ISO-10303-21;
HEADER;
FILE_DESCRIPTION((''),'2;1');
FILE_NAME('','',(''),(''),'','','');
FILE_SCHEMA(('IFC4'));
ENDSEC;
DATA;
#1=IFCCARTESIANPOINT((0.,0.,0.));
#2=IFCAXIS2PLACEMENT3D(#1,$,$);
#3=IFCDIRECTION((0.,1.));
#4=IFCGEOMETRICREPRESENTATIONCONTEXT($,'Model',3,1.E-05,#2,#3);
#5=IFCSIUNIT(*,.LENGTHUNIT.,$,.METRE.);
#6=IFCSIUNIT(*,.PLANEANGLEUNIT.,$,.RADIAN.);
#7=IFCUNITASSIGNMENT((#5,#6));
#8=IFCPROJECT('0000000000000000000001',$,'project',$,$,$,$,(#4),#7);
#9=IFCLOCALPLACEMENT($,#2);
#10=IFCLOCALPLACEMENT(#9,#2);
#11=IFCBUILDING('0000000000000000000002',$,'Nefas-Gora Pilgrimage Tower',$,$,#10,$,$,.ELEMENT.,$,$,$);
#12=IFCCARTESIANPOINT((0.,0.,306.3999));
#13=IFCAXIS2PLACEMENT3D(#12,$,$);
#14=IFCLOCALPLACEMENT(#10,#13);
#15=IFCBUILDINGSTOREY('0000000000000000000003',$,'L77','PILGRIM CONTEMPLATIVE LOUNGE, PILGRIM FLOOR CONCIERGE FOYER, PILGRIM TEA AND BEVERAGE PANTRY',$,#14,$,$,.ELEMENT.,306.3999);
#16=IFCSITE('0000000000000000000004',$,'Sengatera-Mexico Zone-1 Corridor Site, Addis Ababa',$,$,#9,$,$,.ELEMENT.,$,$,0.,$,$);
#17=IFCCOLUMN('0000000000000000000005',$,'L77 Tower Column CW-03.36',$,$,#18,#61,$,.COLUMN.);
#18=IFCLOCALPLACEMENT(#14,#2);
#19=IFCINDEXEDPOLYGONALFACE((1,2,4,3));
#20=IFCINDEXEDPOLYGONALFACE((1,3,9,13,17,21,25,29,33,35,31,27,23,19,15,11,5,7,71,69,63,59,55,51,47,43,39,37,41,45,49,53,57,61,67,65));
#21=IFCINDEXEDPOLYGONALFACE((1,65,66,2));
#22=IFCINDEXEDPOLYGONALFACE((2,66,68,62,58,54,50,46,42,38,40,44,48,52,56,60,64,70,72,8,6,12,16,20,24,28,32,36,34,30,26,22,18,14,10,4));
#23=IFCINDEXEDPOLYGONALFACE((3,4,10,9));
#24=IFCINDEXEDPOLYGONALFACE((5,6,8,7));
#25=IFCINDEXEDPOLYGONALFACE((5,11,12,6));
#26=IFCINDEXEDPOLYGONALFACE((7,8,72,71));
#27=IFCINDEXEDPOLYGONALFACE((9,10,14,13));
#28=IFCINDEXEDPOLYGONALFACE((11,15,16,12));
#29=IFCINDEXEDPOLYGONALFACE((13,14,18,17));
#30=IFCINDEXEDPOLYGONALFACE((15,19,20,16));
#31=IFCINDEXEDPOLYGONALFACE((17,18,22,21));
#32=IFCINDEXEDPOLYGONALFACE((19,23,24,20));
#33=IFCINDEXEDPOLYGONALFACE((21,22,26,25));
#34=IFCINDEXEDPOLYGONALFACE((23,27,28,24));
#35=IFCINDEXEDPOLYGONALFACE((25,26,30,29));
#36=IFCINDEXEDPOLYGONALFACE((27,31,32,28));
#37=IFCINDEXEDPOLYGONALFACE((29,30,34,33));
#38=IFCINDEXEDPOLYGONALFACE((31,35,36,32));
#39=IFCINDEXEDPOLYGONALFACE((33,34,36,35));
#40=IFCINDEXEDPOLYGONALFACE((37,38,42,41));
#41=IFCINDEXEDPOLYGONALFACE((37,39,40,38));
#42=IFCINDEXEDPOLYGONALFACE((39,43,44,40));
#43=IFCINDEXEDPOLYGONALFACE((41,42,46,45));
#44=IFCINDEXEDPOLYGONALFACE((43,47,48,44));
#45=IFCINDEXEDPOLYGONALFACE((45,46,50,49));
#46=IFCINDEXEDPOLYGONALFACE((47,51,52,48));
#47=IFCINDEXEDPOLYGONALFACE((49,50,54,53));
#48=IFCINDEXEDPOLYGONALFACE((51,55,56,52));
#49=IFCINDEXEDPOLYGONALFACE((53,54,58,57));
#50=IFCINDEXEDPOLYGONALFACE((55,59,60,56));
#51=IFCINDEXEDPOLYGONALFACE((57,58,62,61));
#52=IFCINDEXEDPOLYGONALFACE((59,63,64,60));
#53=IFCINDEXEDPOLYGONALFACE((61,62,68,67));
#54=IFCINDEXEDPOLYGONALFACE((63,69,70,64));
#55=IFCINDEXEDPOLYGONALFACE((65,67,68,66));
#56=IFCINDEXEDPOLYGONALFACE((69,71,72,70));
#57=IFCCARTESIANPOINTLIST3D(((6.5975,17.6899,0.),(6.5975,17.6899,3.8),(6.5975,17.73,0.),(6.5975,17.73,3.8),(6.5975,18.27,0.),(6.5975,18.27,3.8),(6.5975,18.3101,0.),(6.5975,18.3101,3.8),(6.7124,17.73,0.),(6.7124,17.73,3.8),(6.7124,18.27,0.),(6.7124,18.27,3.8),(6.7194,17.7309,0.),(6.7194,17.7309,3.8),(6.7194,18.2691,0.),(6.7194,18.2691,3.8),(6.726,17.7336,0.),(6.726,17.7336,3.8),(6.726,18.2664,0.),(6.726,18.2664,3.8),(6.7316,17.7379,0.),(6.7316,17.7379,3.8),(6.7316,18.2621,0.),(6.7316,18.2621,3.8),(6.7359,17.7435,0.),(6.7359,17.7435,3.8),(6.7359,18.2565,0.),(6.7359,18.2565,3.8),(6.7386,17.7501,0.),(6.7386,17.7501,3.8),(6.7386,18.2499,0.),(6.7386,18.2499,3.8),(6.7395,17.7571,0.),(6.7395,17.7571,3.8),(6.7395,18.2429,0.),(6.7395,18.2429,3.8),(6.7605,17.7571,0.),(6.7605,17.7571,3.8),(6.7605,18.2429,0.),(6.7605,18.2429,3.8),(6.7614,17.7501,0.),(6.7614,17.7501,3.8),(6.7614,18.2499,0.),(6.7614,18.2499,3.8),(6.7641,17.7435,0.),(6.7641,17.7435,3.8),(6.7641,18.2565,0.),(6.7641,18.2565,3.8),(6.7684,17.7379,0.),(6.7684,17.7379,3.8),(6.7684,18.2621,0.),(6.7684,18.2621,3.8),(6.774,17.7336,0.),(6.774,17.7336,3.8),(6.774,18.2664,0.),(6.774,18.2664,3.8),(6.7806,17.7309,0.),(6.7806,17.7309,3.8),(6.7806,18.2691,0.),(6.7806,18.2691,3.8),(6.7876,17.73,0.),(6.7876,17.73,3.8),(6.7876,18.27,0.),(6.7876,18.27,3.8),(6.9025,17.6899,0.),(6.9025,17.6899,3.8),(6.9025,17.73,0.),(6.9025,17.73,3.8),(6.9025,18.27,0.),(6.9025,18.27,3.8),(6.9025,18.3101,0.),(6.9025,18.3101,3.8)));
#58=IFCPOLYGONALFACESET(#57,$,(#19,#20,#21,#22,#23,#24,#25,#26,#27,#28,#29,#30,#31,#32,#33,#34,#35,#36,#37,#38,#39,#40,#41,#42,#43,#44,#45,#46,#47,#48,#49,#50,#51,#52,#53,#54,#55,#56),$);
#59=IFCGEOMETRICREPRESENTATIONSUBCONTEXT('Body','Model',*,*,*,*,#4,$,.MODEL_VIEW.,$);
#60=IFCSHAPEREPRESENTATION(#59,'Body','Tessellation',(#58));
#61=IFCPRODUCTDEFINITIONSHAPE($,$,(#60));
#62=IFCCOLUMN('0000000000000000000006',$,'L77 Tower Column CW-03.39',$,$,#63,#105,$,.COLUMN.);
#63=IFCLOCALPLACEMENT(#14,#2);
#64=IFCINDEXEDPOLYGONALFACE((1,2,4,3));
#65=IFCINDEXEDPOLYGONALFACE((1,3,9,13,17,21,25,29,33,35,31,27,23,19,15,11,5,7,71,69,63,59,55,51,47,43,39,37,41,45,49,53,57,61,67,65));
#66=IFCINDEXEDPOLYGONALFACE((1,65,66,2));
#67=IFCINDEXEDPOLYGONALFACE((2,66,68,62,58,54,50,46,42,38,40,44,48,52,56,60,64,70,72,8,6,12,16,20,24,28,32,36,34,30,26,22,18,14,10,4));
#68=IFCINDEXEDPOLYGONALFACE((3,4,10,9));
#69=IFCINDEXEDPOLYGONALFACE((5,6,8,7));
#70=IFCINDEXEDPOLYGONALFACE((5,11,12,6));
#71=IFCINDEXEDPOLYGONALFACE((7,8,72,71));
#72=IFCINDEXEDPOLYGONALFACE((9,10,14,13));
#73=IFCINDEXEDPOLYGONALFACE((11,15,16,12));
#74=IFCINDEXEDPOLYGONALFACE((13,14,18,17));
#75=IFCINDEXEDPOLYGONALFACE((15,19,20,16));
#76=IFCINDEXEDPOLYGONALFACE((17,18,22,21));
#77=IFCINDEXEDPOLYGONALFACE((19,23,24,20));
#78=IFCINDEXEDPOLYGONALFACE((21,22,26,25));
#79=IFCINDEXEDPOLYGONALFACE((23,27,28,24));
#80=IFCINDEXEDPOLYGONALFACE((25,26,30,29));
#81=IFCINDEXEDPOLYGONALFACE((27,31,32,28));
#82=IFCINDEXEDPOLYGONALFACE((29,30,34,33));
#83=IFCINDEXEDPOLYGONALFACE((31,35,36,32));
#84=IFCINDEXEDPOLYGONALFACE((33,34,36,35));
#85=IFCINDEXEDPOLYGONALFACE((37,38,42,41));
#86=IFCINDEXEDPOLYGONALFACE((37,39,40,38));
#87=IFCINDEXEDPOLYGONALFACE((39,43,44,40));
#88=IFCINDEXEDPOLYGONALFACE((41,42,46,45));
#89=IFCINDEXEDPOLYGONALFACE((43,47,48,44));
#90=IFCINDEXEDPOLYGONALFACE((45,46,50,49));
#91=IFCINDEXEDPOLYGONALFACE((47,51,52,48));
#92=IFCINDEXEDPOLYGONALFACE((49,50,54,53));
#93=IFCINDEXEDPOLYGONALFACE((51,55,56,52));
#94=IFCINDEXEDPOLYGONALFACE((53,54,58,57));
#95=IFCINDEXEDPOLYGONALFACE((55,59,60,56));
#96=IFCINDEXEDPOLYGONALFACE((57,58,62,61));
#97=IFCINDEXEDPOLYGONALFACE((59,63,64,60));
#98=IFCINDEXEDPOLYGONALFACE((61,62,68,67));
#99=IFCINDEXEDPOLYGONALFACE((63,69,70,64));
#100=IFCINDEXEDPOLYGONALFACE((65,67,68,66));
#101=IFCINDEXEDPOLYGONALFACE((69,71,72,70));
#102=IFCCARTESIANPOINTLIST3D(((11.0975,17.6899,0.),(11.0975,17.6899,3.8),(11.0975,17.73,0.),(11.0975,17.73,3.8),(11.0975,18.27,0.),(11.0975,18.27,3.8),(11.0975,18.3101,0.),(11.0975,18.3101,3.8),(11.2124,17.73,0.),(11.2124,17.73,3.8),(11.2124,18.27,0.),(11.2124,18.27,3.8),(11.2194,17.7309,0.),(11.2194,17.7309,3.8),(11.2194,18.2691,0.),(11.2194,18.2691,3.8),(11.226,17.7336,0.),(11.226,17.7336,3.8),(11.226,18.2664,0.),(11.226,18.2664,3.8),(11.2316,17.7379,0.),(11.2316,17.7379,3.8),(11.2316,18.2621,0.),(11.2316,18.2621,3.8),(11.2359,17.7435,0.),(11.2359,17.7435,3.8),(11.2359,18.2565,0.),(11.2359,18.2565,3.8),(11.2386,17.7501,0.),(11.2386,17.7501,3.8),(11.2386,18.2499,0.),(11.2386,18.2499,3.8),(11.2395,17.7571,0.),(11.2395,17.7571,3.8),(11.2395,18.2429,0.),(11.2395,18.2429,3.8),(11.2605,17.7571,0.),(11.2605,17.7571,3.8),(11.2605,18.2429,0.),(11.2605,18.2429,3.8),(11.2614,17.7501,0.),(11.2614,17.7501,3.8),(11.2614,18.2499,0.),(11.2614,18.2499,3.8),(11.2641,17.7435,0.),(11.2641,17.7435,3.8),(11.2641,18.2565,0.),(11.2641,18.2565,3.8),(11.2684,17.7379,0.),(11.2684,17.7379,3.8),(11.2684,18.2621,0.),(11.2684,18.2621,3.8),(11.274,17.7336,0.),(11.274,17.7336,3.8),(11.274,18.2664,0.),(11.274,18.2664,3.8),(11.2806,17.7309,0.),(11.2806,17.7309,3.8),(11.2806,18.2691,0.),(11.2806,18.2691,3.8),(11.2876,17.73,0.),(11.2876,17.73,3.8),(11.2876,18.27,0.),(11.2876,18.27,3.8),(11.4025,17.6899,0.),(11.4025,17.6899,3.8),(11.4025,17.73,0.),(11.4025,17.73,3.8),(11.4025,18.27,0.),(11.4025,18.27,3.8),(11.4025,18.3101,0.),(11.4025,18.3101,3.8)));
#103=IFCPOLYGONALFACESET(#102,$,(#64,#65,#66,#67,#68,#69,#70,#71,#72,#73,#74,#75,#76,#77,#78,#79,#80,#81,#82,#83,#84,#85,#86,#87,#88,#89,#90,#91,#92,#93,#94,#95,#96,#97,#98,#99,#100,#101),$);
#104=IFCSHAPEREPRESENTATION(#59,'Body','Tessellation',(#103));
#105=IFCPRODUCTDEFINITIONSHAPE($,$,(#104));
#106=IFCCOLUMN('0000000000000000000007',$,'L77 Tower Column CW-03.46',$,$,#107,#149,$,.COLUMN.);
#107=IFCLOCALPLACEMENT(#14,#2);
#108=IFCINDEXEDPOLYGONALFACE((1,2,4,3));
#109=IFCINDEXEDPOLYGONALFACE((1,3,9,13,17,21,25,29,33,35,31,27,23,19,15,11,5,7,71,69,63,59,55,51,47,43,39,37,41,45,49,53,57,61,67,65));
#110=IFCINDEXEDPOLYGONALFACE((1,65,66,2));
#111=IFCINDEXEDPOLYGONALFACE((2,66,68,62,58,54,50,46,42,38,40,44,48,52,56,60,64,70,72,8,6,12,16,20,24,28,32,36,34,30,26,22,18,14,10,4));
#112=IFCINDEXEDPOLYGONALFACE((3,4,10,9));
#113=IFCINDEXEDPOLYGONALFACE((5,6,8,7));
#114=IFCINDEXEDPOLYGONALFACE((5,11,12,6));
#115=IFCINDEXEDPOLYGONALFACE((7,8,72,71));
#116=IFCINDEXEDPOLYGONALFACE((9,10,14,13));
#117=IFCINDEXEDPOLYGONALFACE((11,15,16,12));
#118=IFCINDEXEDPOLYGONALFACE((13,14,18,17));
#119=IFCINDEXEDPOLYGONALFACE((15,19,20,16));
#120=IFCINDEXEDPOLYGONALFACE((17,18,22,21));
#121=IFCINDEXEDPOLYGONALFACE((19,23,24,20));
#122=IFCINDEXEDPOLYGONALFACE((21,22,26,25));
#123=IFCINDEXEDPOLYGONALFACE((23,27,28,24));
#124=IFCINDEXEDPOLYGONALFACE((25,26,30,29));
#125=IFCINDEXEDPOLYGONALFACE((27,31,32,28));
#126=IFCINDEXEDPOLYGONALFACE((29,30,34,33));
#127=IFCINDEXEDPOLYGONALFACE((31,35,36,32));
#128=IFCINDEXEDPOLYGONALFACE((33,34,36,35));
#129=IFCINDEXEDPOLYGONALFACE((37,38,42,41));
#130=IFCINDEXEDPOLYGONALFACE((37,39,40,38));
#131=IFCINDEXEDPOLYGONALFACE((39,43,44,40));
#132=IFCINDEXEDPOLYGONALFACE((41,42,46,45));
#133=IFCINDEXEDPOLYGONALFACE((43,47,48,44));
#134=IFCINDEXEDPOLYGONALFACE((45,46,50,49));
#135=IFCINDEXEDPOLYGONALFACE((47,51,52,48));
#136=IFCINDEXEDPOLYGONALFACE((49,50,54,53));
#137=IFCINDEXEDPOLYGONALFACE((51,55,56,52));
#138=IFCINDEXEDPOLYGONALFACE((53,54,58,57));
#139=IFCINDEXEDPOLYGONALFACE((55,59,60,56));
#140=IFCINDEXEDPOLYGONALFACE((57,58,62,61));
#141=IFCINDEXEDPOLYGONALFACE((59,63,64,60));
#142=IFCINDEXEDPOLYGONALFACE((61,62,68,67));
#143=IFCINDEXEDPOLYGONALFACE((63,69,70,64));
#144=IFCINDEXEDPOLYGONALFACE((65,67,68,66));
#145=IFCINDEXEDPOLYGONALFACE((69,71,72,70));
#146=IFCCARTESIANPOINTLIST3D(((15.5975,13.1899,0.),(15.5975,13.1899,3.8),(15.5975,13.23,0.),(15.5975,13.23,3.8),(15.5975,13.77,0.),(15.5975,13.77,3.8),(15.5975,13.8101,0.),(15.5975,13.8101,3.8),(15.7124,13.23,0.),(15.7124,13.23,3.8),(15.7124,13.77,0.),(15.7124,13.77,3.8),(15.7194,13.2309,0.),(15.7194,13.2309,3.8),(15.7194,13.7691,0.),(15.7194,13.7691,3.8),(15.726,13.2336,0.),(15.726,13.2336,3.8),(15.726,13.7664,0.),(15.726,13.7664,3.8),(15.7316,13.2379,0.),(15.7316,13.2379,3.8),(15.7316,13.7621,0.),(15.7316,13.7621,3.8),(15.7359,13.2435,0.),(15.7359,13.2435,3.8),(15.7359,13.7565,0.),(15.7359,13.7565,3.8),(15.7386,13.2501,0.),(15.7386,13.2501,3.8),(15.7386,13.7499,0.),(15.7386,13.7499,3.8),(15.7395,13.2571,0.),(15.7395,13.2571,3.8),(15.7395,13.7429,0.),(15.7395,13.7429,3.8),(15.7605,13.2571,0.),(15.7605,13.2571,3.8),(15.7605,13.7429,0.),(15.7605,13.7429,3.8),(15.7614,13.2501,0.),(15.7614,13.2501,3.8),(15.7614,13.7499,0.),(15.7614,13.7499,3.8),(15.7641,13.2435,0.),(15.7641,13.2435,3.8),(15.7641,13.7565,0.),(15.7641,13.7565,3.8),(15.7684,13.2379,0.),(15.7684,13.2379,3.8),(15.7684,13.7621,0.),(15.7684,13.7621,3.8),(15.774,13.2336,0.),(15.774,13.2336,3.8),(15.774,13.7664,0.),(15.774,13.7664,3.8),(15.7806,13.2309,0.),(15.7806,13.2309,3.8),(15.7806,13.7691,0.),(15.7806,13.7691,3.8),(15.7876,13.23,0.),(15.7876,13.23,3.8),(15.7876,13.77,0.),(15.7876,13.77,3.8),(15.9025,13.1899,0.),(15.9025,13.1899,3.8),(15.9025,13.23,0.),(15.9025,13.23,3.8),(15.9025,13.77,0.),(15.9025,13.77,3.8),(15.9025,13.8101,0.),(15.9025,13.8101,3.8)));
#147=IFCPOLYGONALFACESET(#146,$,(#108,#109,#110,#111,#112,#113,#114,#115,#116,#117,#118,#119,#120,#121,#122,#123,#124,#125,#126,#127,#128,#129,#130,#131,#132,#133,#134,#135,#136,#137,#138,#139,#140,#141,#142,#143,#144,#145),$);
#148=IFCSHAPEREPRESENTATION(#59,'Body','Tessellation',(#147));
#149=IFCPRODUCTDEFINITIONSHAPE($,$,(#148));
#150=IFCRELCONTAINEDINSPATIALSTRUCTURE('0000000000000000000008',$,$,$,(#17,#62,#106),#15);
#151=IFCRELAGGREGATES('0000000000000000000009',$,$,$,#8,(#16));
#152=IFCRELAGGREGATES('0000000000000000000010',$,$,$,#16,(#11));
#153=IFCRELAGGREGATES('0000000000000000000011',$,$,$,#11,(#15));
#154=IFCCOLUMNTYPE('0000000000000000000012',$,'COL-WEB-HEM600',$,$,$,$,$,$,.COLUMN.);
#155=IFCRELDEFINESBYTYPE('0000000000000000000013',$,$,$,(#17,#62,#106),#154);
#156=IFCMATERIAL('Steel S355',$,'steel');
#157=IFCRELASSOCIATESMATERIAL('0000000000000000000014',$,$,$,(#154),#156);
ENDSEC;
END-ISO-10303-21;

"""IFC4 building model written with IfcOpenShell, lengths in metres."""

from ifc_helpers import new_model, si_unit, direction, frame, origin, origin_2d, place, context, subcontext, project, spatial, i_section, extrude, source, transform, mapped, material, material_profile, profile_set, type_object, element, save


model = new_model("IFC4")

# Units and contexts
model_context = context("Model", 3, precision=1e-05, world=origin(), true_north=direction((0.0, 1.0)))
body_context = subcontext(model_context, "Body", "Model", "MODEL_VIEW")
ifc_project = project(units=[si_unit("LENGTHUNIT", "METRE"), si_unit("PLANEANGLEUNIT", "RADIAN")], contexts=[model_context])

# Site, building, storey
site_placement = place(None, origin())
site = spatial("IfcSite", under=ifc_project, at=site_placement, Name="Sengatera-Mexico Zone-1 Corridor Site, Addis Ababa", CompositionType="ELEMENT", RefElevation=0.0)
building_placement = place(site_placement, origin())
building = spatial("IfcBuilding", under=site, at=building_placement, Name="Nefas-Gora Pilgrimage Tower", CompositionType="ELEMENT")
storey_placement = place(building_placement, frame((0.0, 0.0, 306.3999)))
storey = spatial("IfcBuildingStorey", under=building, at=storey_placement, Name="L77", Description="PILGRIM CONTEMPLATIVE LOUNGE, PILGRIM FLOOR CONCIERGE FOYER, PILGRIM TEA AND BEVERAGE PANTRY", CompositionType="ELEMENT", Elevation=306.3999)

# Columns
ifc_material_1 = material(Name="Steel S355", Category="steel")
ifc_material_profile_1 = material_profile(ifc_material_1, i_section(OverallWidth=0.3049, OverallDepth=0.6201, WebThickness=0.021, FlangeThickness=0.04, FilletRadius=0.0271, at=origin_2d()), Name="HEM 600")
ifc_profile_set_1 = profile_set([ifc_material_profile_1], Name="Steel S355")
column_type_1 = type_object("IfcColumnType", Name="COL-WEB-HEM600", PredefinedType="COLUMN", material=ifc_profile_set_1)
shared_shape_1 = source(origin(), body_context, "Body", "SweptSolid", [
    extrude(i_section(OverallWidth=0.3049, OverallDepth=0.6201, WebThickness=0.021, FlangeThickness=0.04, FilletRadius=0.0271, at=origin_2d()), origin(), (0.0, 0.0, 1.0), 3.8),
])
for number, where, z_axis, x_axis, name in (
    (1, (6.75, 18.0, 0.0), (0.0, 0.0, 1.0), (1.0, 0.0, 0.0), "L77 Tower Column CW-03.36"),
    (2, (11.25, 18.0, 0.0), (0.0, 0.0, 1.0), (1.0, 0.0, 0.0), "L77 Tower Column CW-03.39"),
    (3, (15.75, 13.5, 0.0), (0.0, 0.0, 1.0), (1.0, 0.0, 0.0), "L77 Tower Column CW-03.46"),
):
    element("IfcColumn", number, at=place(storey_placement, frame(where, z_axis=z_axis, x_axis=x_axis)), inside=storey, type_object=column_type_1, Name=name, PredefinedType="COLUMN", context=body_context, shape_type="MappedRepresentation", body=[
        mapped(shared_shape_1, transform((0.0, 0.0, 0.0), x_axis=(1.0, 0.0, 0.0), y_axis=(0.0, 1.0, 0.0), z_axis=(0.0, 0.0, 1.0), scale=1.0)),
    ])

save(model, "model.ifc")
